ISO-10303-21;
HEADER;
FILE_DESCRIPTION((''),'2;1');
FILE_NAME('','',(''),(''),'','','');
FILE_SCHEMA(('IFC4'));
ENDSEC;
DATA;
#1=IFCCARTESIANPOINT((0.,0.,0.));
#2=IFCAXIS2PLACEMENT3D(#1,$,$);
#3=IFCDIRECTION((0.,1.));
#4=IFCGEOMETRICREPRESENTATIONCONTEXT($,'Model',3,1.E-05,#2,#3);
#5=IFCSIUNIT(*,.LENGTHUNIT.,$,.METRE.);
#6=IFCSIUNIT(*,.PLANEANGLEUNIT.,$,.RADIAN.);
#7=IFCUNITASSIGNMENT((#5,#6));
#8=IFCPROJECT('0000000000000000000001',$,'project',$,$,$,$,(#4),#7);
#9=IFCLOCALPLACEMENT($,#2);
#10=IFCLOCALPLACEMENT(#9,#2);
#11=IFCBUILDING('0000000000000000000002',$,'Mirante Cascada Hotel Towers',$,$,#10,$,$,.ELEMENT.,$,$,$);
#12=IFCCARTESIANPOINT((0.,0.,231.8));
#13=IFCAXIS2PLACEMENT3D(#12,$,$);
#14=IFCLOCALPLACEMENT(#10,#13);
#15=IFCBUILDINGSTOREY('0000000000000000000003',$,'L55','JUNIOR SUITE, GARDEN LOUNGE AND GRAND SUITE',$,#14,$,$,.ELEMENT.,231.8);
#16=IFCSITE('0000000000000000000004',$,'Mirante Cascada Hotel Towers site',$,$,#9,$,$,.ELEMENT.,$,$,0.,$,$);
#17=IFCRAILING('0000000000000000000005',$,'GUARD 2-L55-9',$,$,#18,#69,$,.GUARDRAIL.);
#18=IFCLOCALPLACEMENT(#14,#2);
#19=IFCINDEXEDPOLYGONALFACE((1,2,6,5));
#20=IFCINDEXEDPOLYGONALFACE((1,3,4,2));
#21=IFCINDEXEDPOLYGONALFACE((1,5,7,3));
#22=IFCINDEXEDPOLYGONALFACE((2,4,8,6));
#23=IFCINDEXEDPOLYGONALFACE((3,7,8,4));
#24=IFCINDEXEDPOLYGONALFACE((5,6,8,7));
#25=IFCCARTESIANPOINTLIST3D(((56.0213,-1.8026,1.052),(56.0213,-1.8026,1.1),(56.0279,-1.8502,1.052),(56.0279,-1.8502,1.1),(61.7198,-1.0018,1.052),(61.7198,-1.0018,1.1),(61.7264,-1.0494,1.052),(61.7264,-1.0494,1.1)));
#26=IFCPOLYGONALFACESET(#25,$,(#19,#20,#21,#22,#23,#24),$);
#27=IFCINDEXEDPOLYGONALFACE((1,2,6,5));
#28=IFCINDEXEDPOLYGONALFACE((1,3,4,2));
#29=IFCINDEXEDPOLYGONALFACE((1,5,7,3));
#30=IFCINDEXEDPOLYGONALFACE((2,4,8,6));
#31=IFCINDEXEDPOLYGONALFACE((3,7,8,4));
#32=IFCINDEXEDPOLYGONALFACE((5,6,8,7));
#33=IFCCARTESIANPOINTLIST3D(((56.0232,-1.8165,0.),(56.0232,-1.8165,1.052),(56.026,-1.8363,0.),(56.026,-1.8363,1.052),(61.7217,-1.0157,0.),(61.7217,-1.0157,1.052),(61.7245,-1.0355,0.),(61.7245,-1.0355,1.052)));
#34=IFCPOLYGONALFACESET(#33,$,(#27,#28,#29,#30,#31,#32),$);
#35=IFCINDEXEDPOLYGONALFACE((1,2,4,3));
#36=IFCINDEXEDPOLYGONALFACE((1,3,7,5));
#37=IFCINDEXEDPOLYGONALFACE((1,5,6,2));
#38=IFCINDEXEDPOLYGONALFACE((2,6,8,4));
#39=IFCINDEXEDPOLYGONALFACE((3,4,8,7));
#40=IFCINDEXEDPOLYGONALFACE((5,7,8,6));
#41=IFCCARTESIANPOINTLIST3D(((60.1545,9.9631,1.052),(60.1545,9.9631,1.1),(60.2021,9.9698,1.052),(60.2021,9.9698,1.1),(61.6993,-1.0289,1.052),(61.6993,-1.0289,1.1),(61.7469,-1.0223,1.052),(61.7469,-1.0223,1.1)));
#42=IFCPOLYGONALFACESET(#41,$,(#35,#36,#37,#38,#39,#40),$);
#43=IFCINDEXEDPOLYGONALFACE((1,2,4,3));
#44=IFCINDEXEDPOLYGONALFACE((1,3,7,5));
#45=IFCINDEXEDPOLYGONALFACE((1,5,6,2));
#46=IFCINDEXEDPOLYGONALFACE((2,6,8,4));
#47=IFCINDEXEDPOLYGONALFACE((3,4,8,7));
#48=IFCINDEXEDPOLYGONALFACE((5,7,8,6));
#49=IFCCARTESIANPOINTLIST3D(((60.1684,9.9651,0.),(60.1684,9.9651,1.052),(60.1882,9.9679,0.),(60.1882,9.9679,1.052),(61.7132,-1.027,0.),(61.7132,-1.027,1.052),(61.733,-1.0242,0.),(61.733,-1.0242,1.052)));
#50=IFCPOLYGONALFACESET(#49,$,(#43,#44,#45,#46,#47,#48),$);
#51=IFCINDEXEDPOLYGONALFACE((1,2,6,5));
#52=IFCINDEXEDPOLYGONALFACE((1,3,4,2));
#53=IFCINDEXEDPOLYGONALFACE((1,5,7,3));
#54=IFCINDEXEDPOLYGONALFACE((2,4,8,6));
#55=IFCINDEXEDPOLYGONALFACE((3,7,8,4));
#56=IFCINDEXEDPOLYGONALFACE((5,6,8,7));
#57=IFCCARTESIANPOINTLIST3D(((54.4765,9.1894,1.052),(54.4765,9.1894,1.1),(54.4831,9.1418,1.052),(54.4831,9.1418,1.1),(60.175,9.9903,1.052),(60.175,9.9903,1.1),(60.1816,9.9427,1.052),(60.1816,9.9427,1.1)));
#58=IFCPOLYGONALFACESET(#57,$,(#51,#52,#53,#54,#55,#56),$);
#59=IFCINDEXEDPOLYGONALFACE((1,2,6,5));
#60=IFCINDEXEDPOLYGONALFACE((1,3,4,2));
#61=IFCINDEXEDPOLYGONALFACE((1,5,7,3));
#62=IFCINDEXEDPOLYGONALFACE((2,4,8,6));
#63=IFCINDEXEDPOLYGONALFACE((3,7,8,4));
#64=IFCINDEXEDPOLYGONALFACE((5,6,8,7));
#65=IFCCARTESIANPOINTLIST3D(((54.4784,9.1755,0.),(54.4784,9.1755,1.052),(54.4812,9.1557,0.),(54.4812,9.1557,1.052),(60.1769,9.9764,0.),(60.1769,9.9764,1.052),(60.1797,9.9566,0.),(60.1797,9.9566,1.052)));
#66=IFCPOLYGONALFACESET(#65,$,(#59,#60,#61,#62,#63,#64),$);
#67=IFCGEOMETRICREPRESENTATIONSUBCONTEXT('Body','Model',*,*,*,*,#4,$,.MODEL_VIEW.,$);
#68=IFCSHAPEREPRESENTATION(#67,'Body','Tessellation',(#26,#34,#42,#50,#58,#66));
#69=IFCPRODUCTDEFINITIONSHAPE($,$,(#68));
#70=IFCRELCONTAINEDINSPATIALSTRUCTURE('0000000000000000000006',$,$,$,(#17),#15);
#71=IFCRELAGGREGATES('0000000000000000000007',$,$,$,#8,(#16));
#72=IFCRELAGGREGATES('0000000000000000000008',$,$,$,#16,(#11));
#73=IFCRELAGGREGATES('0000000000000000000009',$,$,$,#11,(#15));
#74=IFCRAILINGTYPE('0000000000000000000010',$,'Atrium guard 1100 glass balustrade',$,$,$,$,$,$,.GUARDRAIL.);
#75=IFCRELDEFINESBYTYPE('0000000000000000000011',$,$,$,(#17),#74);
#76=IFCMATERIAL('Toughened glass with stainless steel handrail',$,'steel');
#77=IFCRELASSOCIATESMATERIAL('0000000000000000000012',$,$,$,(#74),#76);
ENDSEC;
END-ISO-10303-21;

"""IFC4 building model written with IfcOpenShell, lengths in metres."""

from ifc_helpers import new_model, si_unit, direction, frame, origin, origin_2d, place, context, subcontext, project, spatial, rectangle, extrude, material, type_object, element, save


model = new_model("IFC4")

# Units and contexts
model_context = context("Model", 3, precision=1e-05, world=origin(), true_north=direction((0.0, 1.0)))
body_context = subcontext(model_context, "Body", "Model", "MODEL_VIEW")
ifc_project = project(units=[si_unit("LENGTHUNIT", "METRE"), si_unit("PLANEANGLEUNIT", "RADIAN")], contexts=[model_context])

# Site, building, storey
site_placement = place(None, origin())
site = spatial("IfcSite", under=ifc_project, at=site_placement, Name="Mirante Cascada Hotel Towers site", CompositionType="ELEMENT", RefElevation=0.0)
building_placement = place(site_placement, origin())
building = spatial("IfcBuilding", under=site, at=building_placement, Name="Mirante Cascada Hotel Towers", CompositionType="ELEMENT")
storey_placement = place(building_placement, frame((0.0, 0.0, 231.8)))
storey = spatial("IfcBuildingStorey", under=building, at=storey_placement, Name="L55", Description="JUNIOR SUITE, GARDEN LOUNGE AND GRAND SUITE", CompositionType="ELEMENT", Elevation=231.8)

# Railing
ifc_material_1 = material(Name="Toughened glass with stainless steel handrail", Category="steel")
railing_type = type_object("IfcRailingType", Name="Atrium guard 1100 glass balustrade", PredefinedType="GUARDRAIL", material=ifc_material_1)
railing_1_placement = place(storey_placement, frame((56.0246, -1.8264, 0.0)))
element("IfcRailing", 1, at=railing_1_placement, inside=storey, type_object=railing_type, Name="GUARD 2-L55-9", PredefinedType="GUARDRAIL", context=body_context, shape_type="SweptSolid", body=[
    extrude(rectangle(XDim=0.048, YDim=0.048, at=origin_2d()), frame((0.0, 0.0, 1.076), z_axis=(0.99027, 0.139161, 0.0), x_axis=(-0.139161, 0.99027, 0.0)), (0.0, 0.0, 1.0), 5.7545),
    extrude(rectangle(XDim=0.02, YDim=1.052, at=origin_2d()), frame((0.0, 0.0, 0.526), z_axis=(0.99027, 0.139161, 0.0), x_axis=(-0.139161, 0.99027, 0.0)), (0.0, 0.0, 1.0), 5.7545),
    extrude(rectangle(XDim=0.048, YDim=0.048, at=origin_2d()), frame((5.6985, 0.8008, 1.076), z_axis=(-0.13917, 0.990269, 0.0), x_axis=(-0.990269, -0.13917, 0.0)), (0.0, 0.0, 1.0), 11.1001),
    extrude(rectangle(XDim=0.02, YDim=1.052, at=origin_2d()), frame((5.6985, 0.8008, 0.526), z_axis=(-0.13917, 0.990269, 0.0), x_axis=(-0.990269, -0.13917, 0.0)), (0.0, 0.0, 1.0), 11.1001),
    extrude(rectangle(XDim=0.048, YDim=0.048, at=origin_2d()), frame((4.1537, 11.7929, 1.076), z_axis=(-0.990267, -0.139178, 0.0), x_axis=(0.139178, -0.990267, 0.0)), (0.0, 0.0, 1.0), 5.7545),
    extrude(rectangle(XDim=0.02, YDim=1.052, at=origin_2d()), frame((4.1537, 11.7929, 0.526), z_axis=(-0.990267, -0.139178, 0.0), x_axis=(0.139178, -0.990267, 0.0)), (0.0, 0.0, 1.0), 5.7545),
])

save(model, "model.ifc")
